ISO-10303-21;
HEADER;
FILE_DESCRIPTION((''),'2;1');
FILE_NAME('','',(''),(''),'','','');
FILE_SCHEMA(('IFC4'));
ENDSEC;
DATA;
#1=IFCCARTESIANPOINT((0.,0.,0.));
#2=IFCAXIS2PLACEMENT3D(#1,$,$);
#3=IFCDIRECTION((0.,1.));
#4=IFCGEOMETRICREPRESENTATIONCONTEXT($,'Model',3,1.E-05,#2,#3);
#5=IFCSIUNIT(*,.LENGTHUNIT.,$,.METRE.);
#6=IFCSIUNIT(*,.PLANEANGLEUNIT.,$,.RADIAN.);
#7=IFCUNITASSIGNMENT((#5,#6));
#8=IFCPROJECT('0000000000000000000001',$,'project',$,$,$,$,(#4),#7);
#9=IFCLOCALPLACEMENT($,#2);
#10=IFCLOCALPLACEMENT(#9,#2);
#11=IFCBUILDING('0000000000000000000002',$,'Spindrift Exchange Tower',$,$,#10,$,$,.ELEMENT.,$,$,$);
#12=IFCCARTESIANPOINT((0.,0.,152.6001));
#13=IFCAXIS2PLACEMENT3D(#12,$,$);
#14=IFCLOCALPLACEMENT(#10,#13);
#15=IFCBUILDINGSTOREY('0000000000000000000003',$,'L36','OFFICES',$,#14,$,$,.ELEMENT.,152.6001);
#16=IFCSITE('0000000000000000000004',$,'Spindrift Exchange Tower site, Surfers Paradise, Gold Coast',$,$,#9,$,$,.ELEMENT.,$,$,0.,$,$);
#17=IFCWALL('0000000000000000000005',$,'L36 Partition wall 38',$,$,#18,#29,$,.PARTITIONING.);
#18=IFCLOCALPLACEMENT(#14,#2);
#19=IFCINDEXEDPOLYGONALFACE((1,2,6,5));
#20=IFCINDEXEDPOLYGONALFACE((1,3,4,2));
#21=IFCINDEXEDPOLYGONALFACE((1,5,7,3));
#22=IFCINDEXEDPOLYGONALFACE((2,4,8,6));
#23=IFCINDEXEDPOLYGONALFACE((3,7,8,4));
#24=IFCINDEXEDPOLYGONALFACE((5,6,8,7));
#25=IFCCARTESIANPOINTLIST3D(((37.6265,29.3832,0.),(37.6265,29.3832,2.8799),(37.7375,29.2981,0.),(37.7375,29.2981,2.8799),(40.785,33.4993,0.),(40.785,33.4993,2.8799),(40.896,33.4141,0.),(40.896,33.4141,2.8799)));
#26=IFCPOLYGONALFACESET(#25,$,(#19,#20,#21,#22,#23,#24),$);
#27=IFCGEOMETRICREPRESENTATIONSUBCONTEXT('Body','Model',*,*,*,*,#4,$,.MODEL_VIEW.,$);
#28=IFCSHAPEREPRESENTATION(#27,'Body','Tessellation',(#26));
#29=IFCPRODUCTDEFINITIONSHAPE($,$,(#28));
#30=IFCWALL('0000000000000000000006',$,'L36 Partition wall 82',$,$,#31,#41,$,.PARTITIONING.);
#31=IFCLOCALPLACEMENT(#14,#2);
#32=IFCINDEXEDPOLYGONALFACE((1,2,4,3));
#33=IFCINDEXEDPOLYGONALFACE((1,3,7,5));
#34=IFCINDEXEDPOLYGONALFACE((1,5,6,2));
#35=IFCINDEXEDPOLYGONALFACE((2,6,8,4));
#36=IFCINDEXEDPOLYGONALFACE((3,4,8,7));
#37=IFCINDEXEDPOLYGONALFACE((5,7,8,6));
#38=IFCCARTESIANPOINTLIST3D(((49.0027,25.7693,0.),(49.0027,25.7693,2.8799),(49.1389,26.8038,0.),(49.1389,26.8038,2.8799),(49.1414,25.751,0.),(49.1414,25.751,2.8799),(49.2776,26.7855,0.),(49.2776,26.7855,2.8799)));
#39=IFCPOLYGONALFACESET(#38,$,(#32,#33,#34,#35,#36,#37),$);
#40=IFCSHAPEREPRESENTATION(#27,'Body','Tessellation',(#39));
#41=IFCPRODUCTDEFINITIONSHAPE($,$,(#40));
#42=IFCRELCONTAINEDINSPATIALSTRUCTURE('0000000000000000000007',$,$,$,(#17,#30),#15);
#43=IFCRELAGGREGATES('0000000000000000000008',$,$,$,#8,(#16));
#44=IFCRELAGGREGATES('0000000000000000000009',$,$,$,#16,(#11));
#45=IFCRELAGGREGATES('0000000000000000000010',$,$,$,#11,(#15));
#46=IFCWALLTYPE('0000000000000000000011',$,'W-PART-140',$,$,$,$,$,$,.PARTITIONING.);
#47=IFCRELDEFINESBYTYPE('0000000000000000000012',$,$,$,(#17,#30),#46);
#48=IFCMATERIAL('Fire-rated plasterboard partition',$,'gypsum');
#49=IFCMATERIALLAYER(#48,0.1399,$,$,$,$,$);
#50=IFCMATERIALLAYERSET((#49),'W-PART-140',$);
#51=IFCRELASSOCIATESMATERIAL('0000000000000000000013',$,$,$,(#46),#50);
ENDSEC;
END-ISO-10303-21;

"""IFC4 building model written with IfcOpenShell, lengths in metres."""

from ifc_helpers import new_model, si_unit, direction, frame, frame_2d, origin, place, context, subcontext, project, spatial, rectangle, extrude, material, layer, layer_set, type_object, element, save


model = new_model("IFC4")

# Units and contexts
model_context = context("Model", 3, precision=1e-05, world=origin(), true_north=direction((0.0, 1.0)))
body_context = subcontext(model_context, "Body", "Model", "MODEL_VIEW")
ifc_project = project(units=[si_unit("LENGTHUNIT", "METRE"), si_unit("PLANEANGLEUNIT", "RADIAN")], contexts=[model_context])

# Site, building, storey
site_placement = place(None, origin())
site = spatial("IfcSite", under=ifc_project, at=site_placement, Name="Spindrift Exchange Tower site, Surfers Paradise, Gold Coast", CompositionType="ELEMENT", RefElevation=0.0)
building_placement = place(site_placement, origin())
building = spatial("IfcBuilding", under=site, at=building_placement, Name="Spindrift Exchange Tower", CompositionType="ELEMENT")
storey_placement = place(building_placement, frame((0.0, 0.0, 152.6001)))
storey = spatial("IfcBuildingStorey", under=building, at=storey_placement, Name="L36", Description="OFFICES", CompositionType="ELEMENT", Elevation=152.6001)

# Shared definitions
ifc_material_1 = material(Name="Fire-rated plasterboard partition", Category="gypsum")
ifc_layer_1 = layer(ifc_material_1, 0.1399)
ifc_layer_set_1 = layer_set([ifc_layer_1], Name="W-PART-140")
wall_type = type_object("IfcWallType", Name="W-PART-140", PredefinedType="PARTITIONING", material=ifc_layer_set_1)

# Walls
wall_1_placement = place(storey_placement, frame((40.8406, 33.4568, 0.0), z_axis=(0.0, 0.0, 1.0), x_axis=(-0.60878, -0.793339, 0.0)))
element("IfcWall", 1, at=wall_1_placement, inside=storey, type_object=wall_type, Name="L36 Partition wall 38", PredefinedType="PARTITIONING", context=body_context, shape_type="SweptSolid", body=[
    extrude(rectangle(XDim=5.1882, YDim=0.1399, at=frame_2d((2.5942, 0.0))), origin(), (0.0, 0.0, 1.0), 2.8799),
])
wall_2_placement = place(storey_placement, frame((49.2083, 26.7947, 0.0), z_axis=(0.0, 0.0, 1.0), x_axis=(-0.13057, -0.991439, 0.0)))
element("IfcWall", 2, at=wall_2_placement, inside=storey, type_object=wall_type, Name="L36 Partition wall 82", PredefinedType="PARTITIONING", context=body_context, shape_type="SweptSolid", body=[
    extrude(rectangle(XDim=1.0435, YDim=0.1399, at=frame_2d((0.5217, 0.0))), origin(), (0.0, 0.0, 1.0), 2.8799),
])

save(model, "model.ifc")
